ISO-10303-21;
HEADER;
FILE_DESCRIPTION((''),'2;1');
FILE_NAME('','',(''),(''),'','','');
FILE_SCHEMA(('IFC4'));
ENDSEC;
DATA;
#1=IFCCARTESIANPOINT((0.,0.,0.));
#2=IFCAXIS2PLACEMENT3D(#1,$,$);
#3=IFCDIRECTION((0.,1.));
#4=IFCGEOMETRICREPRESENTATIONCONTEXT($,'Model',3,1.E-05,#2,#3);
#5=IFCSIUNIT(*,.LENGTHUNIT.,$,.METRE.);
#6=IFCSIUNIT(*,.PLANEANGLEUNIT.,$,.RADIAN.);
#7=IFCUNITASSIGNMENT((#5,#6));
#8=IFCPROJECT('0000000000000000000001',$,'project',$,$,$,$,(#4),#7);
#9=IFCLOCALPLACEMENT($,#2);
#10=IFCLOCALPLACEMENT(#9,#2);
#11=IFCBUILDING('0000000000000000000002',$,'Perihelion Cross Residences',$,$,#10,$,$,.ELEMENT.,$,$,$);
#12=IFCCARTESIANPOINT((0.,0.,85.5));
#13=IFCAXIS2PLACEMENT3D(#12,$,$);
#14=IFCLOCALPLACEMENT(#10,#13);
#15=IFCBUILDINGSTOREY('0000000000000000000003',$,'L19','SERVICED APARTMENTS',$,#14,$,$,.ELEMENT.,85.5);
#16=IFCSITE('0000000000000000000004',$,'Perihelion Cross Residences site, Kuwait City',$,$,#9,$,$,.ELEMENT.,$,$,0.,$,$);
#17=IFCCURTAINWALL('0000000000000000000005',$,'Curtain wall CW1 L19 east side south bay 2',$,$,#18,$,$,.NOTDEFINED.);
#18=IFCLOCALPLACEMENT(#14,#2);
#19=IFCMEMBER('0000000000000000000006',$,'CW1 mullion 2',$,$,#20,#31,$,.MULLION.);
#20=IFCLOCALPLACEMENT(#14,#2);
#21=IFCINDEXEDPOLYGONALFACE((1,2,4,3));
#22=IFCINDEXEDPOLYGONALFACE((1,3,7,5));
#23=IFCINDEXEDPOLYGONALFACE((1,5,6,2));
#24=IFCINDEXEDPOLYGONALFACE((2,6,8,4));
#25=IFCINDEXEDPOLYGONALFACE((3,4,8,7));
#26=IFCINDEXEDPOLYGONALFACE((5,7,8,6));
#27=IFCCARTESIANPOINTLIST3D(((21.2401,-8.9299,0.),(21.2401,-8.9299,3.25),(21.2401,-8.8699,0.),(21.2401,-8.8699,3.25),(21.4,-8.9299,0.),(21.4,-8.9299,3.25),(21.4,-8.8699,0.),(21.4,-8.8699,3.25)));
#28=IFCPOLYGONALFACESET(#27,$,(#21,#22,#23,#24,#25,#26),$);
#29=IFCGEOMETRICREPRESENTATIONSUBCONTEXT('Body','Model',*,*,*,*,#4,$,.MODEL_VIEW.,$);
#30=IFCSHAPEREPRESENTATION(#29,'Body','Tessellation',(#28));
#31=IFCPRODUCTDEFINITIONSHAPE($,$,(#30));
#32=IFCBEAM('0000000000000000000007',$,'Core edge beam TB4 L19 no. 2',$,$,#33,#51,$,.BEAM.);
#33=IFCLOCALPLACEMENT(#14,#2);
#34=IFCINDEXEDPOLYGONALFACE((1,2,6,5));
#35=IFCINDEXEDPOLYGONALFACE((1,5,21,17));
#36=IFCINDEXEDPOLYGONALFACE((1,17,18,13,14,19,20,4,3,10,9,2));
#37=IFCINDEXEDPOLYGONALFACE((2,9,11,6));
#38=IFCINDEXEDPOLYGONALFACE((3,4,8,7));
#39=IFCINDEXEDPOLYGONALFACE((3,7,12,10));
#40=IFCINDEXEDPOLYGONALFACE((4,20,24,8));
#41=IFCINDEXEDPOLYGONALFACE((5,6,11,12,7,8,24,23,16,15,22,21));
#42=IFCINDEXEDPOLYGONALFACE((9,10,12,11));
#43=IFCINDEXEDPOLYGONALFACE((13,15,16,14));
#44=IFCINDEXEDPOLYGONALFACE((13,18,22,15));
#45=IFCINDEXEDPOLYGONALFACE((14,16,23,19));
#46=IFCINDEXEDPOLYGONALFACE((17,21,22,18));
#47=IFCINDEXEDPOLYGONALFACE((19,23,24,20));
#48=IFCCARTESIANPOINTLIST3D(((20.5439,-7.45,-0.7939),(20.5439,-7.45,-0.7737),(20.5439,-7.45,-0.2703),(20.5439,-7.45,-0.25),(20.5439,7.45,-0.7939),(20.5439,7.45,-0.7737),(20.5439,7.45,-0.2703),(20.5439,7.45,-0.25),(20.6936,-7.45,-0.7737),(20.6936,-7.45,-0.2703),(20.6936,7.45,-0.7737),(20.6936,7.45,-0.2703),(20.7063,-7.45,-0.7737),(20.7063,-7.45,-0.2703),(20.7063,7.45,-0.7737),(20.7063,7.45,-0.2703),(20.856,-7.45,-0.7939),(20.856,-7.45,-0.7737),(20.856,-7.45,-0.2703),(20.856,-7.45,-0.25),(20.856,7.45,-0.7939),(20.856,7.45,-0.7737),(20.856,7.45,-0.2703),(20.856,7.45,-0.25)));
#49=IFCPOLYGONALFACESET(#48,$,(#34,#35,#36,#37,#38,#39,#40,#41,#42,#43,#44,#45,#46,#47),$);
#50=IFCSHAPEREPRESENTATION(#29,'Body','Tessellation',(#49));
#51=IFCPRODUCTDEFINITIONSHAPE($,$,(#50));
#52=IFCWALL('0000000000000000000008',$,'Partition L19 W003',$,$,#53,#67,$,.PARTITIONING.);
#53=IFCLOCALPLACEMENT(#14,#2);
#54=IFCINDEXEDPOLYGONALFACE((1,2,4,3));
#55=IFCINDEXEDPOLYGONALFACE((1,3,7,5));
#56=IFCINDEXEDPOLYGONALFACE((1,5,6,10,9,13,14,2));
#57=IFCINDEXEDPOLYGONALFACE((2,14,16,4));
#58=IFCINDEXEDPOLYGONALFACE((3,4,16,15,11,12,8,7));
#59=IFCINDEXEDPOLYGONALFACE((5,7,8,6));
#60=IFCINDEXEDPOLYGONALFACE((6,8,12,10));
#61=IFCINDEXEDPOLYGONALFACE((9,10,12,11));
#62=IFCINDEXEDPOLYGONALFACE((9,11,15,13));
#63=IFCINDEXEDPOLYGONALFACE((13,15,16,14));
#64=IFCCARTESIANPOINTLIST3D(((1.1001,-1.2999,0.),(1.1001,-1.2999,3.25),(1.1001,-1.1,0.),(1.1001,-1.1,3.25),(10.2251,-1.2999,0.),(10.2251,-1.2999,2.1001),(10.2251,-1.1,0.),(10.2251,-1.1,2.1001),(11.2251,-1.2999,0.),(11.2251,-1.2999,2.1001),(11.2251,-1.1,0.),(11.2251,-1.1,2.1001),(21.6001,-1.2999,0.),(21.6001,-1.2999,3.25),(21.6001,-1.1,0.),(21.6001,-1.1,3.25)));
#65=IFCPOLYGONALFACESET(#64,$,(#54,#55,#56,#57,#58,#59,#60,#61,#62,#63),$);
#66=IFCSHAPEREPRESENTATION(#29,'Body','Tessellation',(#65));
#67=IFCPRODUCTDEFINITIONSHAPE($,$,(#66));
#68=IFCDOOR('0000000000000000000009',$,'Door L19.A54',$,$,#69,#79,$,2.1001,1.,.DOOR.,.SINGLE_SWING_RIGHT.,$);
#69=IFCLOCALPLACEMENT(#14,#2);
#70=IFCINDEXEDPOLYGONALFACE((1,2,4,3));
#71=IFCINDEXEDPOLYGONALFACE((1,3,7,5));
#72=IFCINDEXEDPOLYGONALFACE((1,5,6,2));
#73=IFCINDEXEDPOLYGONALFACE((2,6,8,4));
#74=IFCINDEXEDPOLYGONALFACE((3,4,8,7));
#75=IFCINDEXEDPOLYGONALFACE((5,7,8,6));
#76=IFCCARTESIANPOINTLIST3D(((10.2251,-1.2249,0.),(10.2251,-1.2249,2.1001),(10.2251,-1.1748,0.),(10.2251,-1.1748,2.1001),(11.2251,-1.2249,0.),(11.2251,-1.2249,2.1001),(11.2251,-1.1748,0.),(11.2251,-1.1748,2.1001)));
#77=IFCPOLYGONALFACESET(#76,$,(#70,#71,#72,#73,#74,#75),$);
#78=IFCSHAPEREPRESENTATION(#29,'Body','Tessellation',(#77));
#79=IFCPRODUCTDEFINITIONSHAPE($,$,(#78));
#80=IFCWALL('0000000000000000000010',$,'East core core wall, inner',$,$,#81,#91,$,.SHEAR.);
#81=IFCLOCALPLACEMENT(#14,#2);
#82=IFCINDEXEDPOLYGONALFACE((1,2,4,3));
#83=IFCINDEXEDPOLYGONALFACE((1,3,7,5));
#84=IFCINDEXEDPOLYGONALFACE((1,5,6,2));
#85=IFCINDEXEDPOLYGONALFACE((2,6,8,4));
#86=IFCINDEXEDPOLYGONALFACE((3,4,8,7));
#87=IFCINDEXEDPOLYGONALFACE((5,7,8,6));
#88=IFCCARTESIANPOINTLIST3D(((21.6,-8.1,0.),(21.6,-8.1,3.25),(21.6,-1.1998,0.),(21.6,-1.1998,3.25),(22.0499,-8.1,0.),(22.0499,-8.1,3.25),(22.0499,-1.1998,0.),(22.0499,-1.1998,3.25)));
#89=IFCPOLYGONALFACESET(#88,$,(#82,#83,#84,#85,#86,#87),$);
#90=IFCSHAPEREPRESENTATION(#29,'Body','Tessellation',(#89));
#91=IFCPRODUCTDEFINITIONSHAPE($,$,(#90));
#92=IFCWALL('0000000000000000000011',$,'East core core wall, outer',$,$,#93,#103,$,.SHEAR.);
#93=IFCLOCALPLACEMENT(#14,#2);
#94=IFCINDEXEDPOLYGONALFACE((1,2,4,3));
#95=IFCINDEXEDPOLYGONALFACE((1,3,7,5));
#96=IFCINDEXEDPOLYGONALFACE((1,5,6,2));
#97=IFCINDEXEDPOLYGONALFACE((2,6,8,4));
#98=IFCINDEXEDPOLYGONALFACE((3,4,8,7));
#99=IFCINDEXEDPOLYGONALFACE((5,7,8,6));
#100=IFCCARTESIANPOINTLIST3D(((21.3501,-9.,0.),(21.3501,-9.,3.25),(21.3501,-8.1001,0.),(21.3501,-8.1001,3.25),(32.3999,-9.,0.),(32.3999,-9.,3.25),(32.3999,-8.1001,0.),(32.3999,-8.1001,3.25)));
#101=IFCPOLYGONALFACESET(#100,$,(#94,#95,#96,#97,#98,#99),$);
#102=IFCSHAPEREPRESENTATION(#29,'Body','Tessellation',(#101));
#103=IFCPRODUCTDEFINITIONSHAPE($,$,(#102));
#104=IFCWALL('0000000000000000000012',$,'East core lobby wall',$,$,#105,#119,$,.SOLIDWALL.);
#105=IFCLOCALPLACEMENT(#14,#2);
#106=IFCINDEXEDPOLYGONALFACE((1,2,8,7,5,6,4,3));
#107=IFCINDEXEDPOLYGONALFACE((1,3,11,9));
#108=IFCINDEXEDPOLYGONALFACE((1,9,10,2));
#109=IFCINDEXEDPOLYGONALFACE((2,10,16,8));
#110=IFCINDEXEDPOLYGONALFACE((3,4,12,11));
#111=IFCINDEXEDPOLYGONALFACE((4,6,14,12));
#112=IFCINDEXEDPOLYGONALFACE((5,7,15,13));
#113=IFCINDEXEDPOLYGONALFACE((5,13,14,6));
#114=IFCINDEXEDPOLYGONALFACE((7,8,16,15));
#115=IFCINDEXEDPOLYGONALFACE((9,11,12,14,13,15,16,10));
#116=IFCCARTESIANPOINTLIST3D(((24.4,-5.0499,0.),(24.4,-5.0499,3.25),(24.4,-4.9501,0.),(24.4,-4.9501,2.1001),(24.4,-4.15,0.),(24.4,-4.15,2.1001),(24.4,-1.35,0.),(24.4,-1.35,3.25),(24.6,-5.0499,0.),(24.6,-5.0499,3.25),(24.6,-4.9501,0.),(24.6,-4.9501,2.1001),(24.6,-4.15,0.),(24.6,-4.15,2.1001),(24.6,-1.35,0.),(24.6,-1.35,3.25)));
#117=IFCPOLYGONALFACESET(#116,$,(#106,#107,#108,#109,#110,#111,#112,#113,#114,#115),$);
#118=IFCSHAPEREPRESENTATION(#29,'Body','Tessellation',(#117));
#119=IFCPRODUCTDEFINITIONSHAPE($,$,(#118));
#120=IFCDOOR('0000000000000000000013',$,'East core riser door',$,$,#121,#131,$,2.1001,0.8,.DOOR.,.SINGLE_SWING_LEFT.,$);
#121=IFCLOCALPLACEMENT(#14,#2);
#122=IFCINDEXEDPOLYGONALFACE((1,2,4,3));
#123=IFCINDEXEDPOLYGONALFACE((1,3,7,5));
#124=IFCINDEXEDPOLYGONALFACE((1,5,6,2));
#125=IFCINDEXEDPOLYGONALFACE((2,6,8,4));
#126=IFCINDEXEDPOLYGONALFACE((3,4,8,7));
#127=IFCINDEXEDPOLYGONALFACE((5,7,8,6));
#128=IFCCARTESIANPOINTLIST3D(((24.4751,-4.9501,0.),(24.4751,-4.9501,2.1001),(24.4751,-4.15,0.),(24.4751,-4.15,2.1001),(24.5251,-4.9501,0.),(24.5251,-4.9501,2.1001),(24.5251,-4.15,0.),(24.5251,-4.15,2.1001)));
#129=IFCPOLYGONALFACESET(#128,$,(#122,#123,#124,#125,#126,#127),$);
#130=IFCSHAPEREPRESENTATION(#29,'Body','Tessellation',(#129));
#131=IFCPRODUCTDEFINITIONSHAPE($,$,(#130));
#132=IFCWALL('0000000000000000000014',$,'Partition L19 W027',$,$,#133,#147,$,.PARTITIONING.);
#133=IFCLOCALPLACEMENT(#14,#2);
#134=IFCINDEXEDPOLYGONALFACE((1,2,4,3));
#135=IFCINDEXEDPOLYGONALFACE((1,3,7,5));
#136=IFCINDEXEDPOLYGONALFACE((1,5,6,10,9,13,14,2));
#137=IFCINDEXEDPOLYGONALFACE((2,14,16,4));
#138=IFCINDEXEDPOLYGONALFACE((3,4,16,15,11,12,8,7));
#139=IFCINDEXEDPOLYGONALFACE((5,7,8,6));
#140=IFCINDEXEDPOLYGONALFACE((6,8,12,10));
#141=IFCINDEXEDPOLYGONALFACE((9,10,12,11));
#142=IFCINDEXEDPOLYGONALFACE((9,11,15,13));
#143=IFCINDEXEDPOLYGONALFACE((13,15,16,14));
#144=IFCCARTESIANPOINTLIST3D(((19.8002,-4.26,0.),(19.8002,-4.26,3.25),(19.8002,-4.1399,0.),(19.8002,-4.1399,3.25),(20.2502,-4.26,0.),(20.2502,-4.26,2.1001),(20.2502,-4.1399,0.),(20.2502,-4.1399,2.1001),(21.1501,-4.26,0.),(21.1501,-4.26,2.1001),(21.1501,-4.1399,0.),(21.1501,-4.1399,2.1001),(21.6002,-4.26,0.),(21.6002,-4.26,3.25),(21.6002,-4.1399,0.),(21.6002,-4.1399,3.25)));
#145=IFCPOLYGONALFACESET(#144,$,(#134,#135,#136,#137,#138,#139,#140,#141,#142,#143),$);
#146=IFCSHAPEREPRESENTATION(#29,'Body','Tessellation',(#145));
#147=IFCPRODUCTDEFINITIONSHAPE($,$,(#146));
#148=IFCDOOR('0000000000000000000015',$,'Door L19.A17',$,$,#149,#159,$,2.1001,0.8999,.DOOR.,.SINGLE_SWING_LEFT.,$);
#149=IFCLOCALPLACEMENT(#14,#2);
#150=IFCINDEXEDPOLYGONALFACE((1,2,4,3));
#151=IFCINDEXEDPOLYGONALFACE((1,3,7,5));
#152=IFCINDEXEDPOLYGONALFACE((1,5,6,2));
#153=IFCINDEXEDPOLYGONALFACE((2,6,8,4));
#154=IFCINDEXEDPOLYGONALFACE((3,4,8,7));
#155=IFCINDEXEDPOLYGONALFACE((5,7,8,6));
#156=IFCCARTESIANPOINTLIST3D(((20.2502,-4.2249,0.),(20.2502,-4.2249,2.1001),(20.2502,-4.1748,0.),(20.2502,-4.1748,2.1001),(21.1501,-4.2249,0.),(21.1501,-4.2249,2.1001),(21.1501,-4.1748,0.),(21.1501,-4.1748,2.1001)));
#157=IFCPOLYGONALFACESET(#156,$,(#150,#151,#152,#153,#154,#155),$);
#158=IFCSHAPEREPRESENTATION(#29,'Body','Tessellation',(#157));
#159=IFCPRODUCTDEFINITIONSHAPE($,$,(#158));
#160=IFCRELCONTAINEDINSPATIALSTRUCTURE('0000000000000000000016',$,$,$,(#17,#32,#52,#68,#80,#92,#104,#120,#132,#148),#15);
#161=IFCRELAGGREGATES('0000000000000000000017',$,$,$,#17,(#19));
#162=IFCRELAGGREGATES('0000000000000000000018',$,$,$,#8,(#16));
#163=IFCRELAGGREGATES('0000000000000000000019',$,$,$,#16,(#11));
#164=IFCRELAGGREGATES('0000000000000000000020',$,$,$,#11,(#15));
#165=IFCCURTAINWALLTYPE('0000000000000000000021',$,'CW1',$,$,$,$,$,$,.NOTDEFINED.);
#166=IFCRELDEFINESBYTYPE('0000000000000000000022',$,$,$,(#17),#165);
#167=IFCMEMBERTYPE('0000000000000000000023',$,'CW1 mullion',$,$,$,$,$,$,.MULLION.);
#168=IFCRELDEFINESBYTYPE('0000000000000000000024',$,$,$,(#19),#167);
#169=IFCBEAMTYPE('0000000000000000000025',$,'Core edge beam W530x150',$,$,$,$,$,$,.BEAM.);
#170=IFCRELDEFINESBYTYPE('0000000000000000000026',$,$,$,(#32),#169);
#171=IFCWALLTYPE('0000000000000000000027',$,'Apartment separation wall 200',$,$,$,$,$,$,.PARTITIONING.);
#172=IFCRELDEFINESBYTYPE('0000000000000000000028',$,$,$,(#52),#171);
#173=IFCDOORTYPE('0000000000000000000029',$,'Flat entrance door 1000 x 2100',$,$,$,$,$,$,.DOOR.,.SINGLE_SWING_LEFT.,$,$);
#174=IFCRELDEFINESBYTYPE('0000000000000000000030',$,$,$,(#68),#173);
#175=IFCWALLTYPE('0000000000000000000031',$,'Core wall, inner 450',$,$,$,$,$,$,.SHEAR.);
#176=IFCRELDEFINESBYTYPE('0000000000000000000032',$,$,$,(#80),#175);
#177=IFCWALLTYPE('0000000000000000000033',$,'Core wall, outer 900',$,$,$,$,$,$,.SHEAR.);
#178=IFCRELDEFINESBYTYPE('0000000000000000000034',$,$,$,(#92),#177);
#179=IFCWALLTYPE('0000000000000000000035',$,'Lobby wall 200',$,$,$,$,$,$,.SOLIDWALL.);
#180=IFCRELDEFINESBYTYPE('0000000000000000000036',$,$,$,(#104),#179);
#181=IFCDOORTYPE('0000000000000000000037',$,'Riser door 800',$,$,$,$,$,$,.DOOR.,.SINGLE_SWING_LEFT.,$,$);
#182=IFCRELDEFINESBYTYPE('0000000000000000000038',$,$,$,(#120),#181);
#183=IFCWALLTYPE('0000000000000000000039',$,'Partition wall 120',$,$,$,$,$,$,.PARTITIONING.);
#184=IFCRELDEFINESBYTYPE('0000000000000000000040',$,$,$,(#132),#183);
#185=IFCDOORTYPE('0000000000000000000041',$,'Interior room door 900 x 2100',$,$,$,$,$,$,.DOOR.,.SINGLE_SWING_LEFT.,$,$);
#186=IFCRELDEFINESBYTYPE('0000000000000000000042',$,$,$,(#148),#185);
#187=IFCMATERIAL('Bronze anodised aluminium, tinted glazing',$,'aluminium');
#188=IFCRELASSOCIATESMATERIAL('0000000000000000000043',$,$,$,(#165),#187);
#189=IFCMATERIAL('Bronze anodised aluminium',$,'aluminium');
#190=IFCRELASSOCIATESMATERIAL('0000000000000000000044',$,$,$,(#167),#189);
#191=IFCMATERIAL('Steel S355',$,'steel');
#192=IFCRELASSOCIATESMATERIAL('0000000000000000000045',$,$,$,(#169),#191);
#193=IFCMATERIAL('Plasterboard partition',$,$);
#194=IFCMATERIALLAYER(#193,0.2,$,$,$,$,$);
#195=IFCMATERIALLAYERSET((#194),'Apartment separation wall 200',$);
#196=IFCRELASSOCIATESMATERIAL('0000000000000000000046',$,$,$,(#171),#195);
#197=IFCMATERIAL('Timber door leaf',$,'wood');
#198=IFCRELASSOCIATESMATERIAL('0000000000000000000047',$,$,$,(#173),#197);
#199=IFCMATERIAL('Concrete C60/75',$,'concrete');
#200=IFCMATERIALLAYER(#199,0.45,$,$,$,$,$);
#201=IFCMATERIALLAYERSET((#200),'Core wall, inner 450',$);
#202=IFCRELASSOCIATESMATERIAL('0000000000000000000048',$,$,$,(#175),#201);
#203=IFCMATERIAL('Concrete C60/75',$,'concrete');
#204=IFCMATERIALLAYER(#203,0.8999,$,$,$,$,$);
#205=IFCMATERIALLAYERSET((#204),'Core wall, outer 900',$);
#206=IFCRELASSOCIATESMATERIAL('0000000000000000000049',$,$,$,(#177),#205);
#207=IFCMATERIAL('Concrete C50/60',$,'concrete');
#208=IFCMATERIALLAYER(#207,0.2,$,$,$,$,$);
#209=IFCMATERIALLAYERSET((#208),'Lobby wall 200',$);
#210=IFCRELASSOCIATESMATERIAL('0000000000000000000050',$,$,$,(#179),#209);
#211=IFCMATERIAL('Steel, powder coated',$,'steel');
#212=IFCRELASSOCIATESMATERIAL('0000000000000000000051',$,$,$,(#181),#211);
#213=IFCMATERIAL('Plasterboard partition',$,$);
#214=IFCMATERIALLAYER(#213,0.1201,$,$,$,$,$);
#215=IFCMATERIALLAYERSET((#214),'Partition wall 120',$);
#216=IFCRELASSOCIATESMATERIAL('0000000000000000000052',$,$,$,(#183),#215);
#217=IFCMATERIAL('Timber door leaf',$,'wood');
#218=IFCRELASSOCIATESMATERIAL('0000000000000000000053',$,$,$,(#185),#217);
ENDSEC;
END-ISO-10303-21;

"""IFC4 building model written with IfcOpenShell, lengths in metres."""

from ifc_helpers import new_model, si_unit, direction, frame, frame_2d, origin, origin_2d, place, context, subcontext, project, spatial, rectangle, i_section, extrude, material, layer, layer_set, material_profile, profile_set, type_object, element, fill, aggregate, save


model = new_model("IFC4")

# Units and contexts
model_context = context("Model", 3, precision=1e-05, world=origin(), true_north=direction((0.0, 1.0)))
body_context = subcontext(model_context, "Body", "Model", "MODEL_VIEW")
ifc_project = project(units=[si_unit("LENGTHUNIT", "METRE"), si_unit("PLANEANGLEUNIT", "RADIAN")], contexts=[model_context])

# Site, building, storey
site_placement = place(None, origin())
site = spatial("IfcSite", under=ifc_project, at=site_placement, Name="Perihelion Cross Residences site, Kuwait City", CompositionType="ELEMENT", RefElevation=0.0)
building_placement = place(site_placement, origin())
building = spatial("IfcBuilding", under=site, at=building_placement, Name="Perihelion Cross Residences", CompositionType="ELEMENT")
storey_placement = place(building_placement, frame((0.0, 0.0, 85.5)))
storey = spatial("IfcBuildingStorey", under=building, at=storey_placement, Name="L19", Description="SERVICED APARTMENTS", CompositionType="ELEMENT", Elevation=85.5)

# Curtain wall, member
ifc_material_1 = material(Name="Bronze anodised aluminium, tinted glazing", Category="aluminium")
curtain_wall_type = type_object("IfcCurtainWallType", Name="CW1", PredefinedType="NOTDEFINED", material=ifc_material_1)
curtain_wall_placement = place(storey_placement, origin())
curtain_wall = element("IfcCurtainWall", 1, at=curtain_wall_placement, inside=storey, type_object=curtain_wall_type, Name="Curtain wall CW1 L19 east side south bay 2", PredefinedType="NOTDEFINED")
ifc_material_2 = material(Name="Bronze anodised aluminium", Category="aluminium")
ifc_material_profile_1 = material_profile(ifc_material_2, rectangle(XDim=0.0601, YDim=0.1599, at=origin_2d()), Name="CW1 mullion")
ifc_profile_set_1 = profile_set([ifc_material_profile_1], Name="Bronze anodised aluminium")
member_type = type_object("IfcMemberType", Name="CW1 mullion", PredefinedType="MULLION", material=ifc_profile_set_1)
member_placement = place(storey_placement, frame((21.3201, -8.8999, 0.0), z_axis=(0.0, 0.0, 1.0), x_axis=(0.0, 1.0, 0.0)))
member = element("IfcMember", 2, at=member_placement, type_object=member_type, Name="CW1 mullion 2", PredefinedType="MULLION", context=body_context, shape_type="SweptSolid", body=[
    extrude(rectangle(XDim=0.0601, YDim=0.1599, at=origin_2d()), origin(), (0.0, 0.0, 1.0), 3.25),
])
aggregate(curtain_wall, [member])

# Beam
ifc_material_3 = material(Name="Steel S355", Category="steel")
ifc_material_profile_2 = material_profile(ifc_material_3, i_section(OverallWidth=0.312, OverallDepth=0.5439, WebThickness=0.0127, FlangeThickness=0.0203, at=origin_2d()), Name="W530x150")
ifc_profile_set_2 = profile_set([ifc_material_profile_2], Name="Steel S355")
beam_type = type_object("IfcBeamType", Name="Core edge beam W530x150", PredefinedType="BEAM", material=ifc_profile_set_2)
beam_placement = place(storey_placement, frame((20.7, -7.45, -0.522), z_axis=(0.0, 1.0, 0.0), x_axis=(-1.0, 0.0, 0.0)))
element("IfcBeam", 3, at=beam_placement, inside=storey, type_object=beam_type, Name="Core edge beam TB4 L19 no. 2", PredefinedType="BEAM", context=body_context, shape_type="SweptSolid", body=[
    extrude(i_section(OverallWidth=0.312, OverallDepth=0.5439, WebThickness=0.0127, FlangeThickness=0.0203, at=origin_2d()), origin(), (0.0, 0.0, 1.0), 14.8999),
])

# Wall, opening, door
ifc_material_4 = material(Name="Plasterboard partition")
ifc_layer_1 = layer(ifc_material_4, 0.2)
ifc_layer_set_1 = layer_set([ifc_layer_1], Name="Apartment separation wall 200")
wall_type_1 = type_object("IfcWallType", Name="Apartment separation wall 200", PredefinedType="PARTITIONING", material=ifc_layer_set_1)
wall_1_placement = place(storey_placement, frame((21.6001, -1.2, 0.0), z_axis=(0.0, 0.0, 1.0), x_axis=(-1.0, 0.0, 0.0)))
wall_1 = element("IfcWall", 4, at=wall_1_placement, inside=storey, type_object=wall_type_1, Name="Partition L19 W003", PredefinedType="PARTITIONING", context=body_context, shape_type="SweptSolid", body=[
    extrude(rectangle(XDim=20.5, YDim=0.2, at=frame_2d((10.25, 0.0))), origin(), (0.0, 0.0, 1.0), 3.25),
])
opening_1_placement = place(wall_1_placement, frame((10.375, 0.0, 0.0)))
opening_1 = element("IfcOpeningElement", 5, at=opening_1_placement, cuts=wall_1, PredefinedType="OPENING", context=body_context, shape_type="SweptSolid", body=[
    extrude(rectangle(XDim=1.0, YDim=2.1001, at=frame_2d((0.5, 1.05))), frame((0.0, 0.1099, 0.0), z_axis=(0.0, -1.0, 0.0), x_axis=(1.0, 0.0, 0.0)), (0.0, 0.0, 1.0), 0.22),
])
ifc_material_5 = material(Name="Timber door leaf", Category="wood")
door_type_1 = type_object("IfcDoorType", Name="Flat entrance door 1000 x 2100", OperationType="SINGLE_SWING_LEFT", PredefinedType="DOOR", material=ifc_material_5)
door_1_placement = place(opening_1_placement, origin())
door_1 = element("IfcDoor", 6, at=door_1_placement, inside=storey, type_object=door_type_1, Name="Door L19.A54", OperationType="SINGLE_SWING_RIGHT", OverallHeight=2.1001, OverallWidth=1.0, PredefinedType="DOOR", context=body_context, shape_type="SweptSolid", body=[
    extrude(rectangle(XDim=1.0, YDim=2.1001, at=frame_2d((0.5, 1.05))), frame((0.0, 0.0249, 0.0), z_axis=(0.0, -1.0, 0.0), x_axis=(1.0, 0.0, 0.0)), (0.0, 0.0, 1.0), 0.05),
])
fill(opening_1, door_1)

# Walls
ifc_material_6 = material(Name="Concrete C60/75", Category="concrete")
ifc_layer_2 = layer(ifc_material_6, 0.45)
ifc_layer_set_2 = layer_set([ifc_layer_2], Name="Core wall, inner 450")
wall_type_2 = type_object("IfcWallType", Name="Core wall, inner 450", PredefinedType="SHEAR", material=ifc_layer_set_2)
wall_2_placement = place(storey_placement, frame((21.825, -8.1001, 0.0), z_axis=(0.0, 0.0, 1.0), x_axis=(0.0, 1.0, 0.0)))
element("IfcWall", 7, at=wall_2_placement, inside=storey, type_object=wall_type_2, Name="East core core wall, inner", PredefinedType="SHEAR", context=body_context, shape_type="SweptSolid", body=[
    extrude(rectangle(XDim=6.9001, YDim=0.45, at=frame_2d((3.4502, 0.0))), origin(), (0.0, 0.0, 1.0), 3.25),
])
ifc_material_7 = material(Name="Concrete C60/75", Category="concrete")
ifc_layer_3 = layer(ifc_material_7, 0.8999)
ifc_layer_set_3 = layer_set([ifc_layer_3], Name="Core wall, outer 900")
wall_type_3 = type_object("IfcWallType", Name="Core wall, outer 900", PredefinedType="SHEAR", material=ifc_layer_set_3)
wall_3_placement = place(storey_placement, frame((21.3501, -8.55, 0.0), z_axis=(0.0, 0.0, 1.0), x_axis=(1.0, 0.0, 0.0)))
element("IfcWall", 8, at=wall_3_placement, inside=storey, type_object=wall_type_3, Name="East core core wall, outer", PredefinedType="SHEAR", context=body_context, shape_type="SweptSolid", body=[
    extrude(rectangle(XDim=11.0498, YDim=0.8999, at=frame_2d((5.5249, 0.0))), origin(), (0.0, 0.0, 1.0), 3.25),
])

# Walls, openings, doors
ifc_material_8 = material(Name="Concrete C50/60", Category="concrete")
ifc_layer_4 = layer(ifc_material_8, 0.2)
ifc_layer_set_4 = layer_set([ifc_layer_4], Name="Lobby wall 200")
wall_type_4 = type_object("IfcWallType", Name="Lobby wall 200", PredefinedType="SOLIDWALL", material=ifc_layer_set_4)
wall_4_placement = place(storey_placement, frame((24.5, -5.05, 0.0), z_axis=(0.0, 0.0, 1.0), x_axis=(0.0, 1.0, 0.0)))
wall_4 = element("IfcWall", 9, at=wall_4_placement, inside=storey, type_object=wall_type_4, Name="East core lobby wall", PredefinedType="SOLIDWALL", context=body_context, shape_type="SweptSolid", body=[
    extrude(rectangle(XDim=3.7, YDim=0.2, at=frame_2d((1.8501, 0.0))), origin(), (0.0, 0.0, 1.0), 3.25),
])
opening_2_placement = place(wall_4_placement, frame((0.1001, 0.0, 0.0)))
opening_2 = element("IfcOpeningElement", 10, at=opening_2_placement, cuts=wall_4, PredefinedType="OPENING", context=body_context, shape_type="SweptSolid", body=[
    extrude(rectangle(XDim=0.8, YDim=2.1001, at=frame_2d((0.3999, 1.05))), frame((0.0, 0.1099, 0.0), z_axis=(0.0, -1.0, 0.0), x_axis=(1.0, 0.0, 0.0)), (0.0, 0.0, 1.0), 0.22),
])
ifc_material_9 = material(Name="Steel, powder coated", Category="steel")
door_type_2 = type_object("IfcDoorType", Name="Riser door 800", OperationType="SINGLE_SWING_LEFT", PredefinedType="DOOR", material=ifc_material_9)
door_2_placement = place(opening_2_placement, origin())
door_2 = element("IfcDoor", 11, at=door_2_placement, inside=storey, type_object=door_type_2, Name="East core riser door", OperationType="SINGLE_SWING_LEFT", OverallHeight=2.1001, OverallWidth=0.8, PredefinedType="DOOR", context=body_context, shape_type="SweptSolid", body=[
    extrude(rectangle(XDim=0.8, YDim=2.1001, at=frame_2d((0.3999, 1.05))), frame((0.0, 0.0249, 0.0), z_axis=(0.0, -1.0, 0.0), x_axis=(1.0, 0.0, 0.0)), (0.0, 0.0, 1.0), 0.05),
])
fill(opening_2, door_2)
ifc_material_10 = material(Name="Plasterboard partition")
ifc_layer_5 = layer(ifc_material_10, 0.1201)
ifc_layer_set_5 = layer_set([ifc_layer_5], Name="Partition wall 120")
wall_type_5 = type_object("IfcWallType", Name="Partition wall 120", PredefinedType="PARTITIONING", material=ifc_layer_set_5)
wall_5_placement = place(storey_placement, frame((21.6001, -4.2, 0.0), z_axis=(0.0, 0.0, 1.0), x_axis=(-1.0, 0.0, 0.0)))
wall_5 = element("IfcWall", 12, at=wall_5_placement, inside=storey, type_object=wall_type_5, Name="Partition L19 W027", PredefinedType="PARTITIONING", context=body_context, shape_type="SweptSolid", body=[
    extrude(rectangle(XDim=1.8, YDim=0.1201, at=frame_2d((0.8999, 0.0))), origin(), (0.0, 0.0, 1.0), 3.25),
])
opening_3_placement = place(wall_5_placement, frame((0.45, 0.0, 0.0)))
opening_3 = element("IfcOpeningElement", 13, at=opening_3_placement, cuts=wall_5, PredefinedType="OPENING", context=body_context, shape_type="SweptSolid", body=[
    extrude(rectangle(XDim=0.8999, YDim=2.1001, at=frame_2d((0.45, 1.05))), frame((0.0, 0.0701, 0.0), z_axis=(0.0, -1.0, 0.0), x_axis=(1.0, 0.0, 0.0)), (0.0, 0.0, 1.0), 0.1401),
])
ifc_material_11 = material(Name="Timber door leaf", Category="wood")
door_type_3 = type_object("IfcDoorType", Name="Interior room door 900 x 2100", OperationType="SINGLE_SWING_LEFT", PredefinedType="DOOR", material=ifc_material_11)
door_3_placement = place(opening_3_placement, origin())
door_3 = element("IfcDoor", 14, at=door_3_placement, inside=storey, type_object=door_type_3, Name="Door L19.A17", OperationType="SINGLE_SWING_LEFT", OverallHeight=2.1001, OverallWidth=0.8999, PredefinedType="DOOR", context=body_context, shape_type="SweptSolid", body=[
    extrude(rectangle(XDim=0.8999, YDim=2.1001, at=frame_2d((0.45, 1.05))), frame((0.0, 0.0249, 0.0), z_axis=(0.0, -1.0, 0.0), x_axis=(1.0, 0.0, 0.0)), (0.0, 0.0, 1.0), 0.05),
])
fill(opening_3, door_3)

save(model, "model.ifc")
